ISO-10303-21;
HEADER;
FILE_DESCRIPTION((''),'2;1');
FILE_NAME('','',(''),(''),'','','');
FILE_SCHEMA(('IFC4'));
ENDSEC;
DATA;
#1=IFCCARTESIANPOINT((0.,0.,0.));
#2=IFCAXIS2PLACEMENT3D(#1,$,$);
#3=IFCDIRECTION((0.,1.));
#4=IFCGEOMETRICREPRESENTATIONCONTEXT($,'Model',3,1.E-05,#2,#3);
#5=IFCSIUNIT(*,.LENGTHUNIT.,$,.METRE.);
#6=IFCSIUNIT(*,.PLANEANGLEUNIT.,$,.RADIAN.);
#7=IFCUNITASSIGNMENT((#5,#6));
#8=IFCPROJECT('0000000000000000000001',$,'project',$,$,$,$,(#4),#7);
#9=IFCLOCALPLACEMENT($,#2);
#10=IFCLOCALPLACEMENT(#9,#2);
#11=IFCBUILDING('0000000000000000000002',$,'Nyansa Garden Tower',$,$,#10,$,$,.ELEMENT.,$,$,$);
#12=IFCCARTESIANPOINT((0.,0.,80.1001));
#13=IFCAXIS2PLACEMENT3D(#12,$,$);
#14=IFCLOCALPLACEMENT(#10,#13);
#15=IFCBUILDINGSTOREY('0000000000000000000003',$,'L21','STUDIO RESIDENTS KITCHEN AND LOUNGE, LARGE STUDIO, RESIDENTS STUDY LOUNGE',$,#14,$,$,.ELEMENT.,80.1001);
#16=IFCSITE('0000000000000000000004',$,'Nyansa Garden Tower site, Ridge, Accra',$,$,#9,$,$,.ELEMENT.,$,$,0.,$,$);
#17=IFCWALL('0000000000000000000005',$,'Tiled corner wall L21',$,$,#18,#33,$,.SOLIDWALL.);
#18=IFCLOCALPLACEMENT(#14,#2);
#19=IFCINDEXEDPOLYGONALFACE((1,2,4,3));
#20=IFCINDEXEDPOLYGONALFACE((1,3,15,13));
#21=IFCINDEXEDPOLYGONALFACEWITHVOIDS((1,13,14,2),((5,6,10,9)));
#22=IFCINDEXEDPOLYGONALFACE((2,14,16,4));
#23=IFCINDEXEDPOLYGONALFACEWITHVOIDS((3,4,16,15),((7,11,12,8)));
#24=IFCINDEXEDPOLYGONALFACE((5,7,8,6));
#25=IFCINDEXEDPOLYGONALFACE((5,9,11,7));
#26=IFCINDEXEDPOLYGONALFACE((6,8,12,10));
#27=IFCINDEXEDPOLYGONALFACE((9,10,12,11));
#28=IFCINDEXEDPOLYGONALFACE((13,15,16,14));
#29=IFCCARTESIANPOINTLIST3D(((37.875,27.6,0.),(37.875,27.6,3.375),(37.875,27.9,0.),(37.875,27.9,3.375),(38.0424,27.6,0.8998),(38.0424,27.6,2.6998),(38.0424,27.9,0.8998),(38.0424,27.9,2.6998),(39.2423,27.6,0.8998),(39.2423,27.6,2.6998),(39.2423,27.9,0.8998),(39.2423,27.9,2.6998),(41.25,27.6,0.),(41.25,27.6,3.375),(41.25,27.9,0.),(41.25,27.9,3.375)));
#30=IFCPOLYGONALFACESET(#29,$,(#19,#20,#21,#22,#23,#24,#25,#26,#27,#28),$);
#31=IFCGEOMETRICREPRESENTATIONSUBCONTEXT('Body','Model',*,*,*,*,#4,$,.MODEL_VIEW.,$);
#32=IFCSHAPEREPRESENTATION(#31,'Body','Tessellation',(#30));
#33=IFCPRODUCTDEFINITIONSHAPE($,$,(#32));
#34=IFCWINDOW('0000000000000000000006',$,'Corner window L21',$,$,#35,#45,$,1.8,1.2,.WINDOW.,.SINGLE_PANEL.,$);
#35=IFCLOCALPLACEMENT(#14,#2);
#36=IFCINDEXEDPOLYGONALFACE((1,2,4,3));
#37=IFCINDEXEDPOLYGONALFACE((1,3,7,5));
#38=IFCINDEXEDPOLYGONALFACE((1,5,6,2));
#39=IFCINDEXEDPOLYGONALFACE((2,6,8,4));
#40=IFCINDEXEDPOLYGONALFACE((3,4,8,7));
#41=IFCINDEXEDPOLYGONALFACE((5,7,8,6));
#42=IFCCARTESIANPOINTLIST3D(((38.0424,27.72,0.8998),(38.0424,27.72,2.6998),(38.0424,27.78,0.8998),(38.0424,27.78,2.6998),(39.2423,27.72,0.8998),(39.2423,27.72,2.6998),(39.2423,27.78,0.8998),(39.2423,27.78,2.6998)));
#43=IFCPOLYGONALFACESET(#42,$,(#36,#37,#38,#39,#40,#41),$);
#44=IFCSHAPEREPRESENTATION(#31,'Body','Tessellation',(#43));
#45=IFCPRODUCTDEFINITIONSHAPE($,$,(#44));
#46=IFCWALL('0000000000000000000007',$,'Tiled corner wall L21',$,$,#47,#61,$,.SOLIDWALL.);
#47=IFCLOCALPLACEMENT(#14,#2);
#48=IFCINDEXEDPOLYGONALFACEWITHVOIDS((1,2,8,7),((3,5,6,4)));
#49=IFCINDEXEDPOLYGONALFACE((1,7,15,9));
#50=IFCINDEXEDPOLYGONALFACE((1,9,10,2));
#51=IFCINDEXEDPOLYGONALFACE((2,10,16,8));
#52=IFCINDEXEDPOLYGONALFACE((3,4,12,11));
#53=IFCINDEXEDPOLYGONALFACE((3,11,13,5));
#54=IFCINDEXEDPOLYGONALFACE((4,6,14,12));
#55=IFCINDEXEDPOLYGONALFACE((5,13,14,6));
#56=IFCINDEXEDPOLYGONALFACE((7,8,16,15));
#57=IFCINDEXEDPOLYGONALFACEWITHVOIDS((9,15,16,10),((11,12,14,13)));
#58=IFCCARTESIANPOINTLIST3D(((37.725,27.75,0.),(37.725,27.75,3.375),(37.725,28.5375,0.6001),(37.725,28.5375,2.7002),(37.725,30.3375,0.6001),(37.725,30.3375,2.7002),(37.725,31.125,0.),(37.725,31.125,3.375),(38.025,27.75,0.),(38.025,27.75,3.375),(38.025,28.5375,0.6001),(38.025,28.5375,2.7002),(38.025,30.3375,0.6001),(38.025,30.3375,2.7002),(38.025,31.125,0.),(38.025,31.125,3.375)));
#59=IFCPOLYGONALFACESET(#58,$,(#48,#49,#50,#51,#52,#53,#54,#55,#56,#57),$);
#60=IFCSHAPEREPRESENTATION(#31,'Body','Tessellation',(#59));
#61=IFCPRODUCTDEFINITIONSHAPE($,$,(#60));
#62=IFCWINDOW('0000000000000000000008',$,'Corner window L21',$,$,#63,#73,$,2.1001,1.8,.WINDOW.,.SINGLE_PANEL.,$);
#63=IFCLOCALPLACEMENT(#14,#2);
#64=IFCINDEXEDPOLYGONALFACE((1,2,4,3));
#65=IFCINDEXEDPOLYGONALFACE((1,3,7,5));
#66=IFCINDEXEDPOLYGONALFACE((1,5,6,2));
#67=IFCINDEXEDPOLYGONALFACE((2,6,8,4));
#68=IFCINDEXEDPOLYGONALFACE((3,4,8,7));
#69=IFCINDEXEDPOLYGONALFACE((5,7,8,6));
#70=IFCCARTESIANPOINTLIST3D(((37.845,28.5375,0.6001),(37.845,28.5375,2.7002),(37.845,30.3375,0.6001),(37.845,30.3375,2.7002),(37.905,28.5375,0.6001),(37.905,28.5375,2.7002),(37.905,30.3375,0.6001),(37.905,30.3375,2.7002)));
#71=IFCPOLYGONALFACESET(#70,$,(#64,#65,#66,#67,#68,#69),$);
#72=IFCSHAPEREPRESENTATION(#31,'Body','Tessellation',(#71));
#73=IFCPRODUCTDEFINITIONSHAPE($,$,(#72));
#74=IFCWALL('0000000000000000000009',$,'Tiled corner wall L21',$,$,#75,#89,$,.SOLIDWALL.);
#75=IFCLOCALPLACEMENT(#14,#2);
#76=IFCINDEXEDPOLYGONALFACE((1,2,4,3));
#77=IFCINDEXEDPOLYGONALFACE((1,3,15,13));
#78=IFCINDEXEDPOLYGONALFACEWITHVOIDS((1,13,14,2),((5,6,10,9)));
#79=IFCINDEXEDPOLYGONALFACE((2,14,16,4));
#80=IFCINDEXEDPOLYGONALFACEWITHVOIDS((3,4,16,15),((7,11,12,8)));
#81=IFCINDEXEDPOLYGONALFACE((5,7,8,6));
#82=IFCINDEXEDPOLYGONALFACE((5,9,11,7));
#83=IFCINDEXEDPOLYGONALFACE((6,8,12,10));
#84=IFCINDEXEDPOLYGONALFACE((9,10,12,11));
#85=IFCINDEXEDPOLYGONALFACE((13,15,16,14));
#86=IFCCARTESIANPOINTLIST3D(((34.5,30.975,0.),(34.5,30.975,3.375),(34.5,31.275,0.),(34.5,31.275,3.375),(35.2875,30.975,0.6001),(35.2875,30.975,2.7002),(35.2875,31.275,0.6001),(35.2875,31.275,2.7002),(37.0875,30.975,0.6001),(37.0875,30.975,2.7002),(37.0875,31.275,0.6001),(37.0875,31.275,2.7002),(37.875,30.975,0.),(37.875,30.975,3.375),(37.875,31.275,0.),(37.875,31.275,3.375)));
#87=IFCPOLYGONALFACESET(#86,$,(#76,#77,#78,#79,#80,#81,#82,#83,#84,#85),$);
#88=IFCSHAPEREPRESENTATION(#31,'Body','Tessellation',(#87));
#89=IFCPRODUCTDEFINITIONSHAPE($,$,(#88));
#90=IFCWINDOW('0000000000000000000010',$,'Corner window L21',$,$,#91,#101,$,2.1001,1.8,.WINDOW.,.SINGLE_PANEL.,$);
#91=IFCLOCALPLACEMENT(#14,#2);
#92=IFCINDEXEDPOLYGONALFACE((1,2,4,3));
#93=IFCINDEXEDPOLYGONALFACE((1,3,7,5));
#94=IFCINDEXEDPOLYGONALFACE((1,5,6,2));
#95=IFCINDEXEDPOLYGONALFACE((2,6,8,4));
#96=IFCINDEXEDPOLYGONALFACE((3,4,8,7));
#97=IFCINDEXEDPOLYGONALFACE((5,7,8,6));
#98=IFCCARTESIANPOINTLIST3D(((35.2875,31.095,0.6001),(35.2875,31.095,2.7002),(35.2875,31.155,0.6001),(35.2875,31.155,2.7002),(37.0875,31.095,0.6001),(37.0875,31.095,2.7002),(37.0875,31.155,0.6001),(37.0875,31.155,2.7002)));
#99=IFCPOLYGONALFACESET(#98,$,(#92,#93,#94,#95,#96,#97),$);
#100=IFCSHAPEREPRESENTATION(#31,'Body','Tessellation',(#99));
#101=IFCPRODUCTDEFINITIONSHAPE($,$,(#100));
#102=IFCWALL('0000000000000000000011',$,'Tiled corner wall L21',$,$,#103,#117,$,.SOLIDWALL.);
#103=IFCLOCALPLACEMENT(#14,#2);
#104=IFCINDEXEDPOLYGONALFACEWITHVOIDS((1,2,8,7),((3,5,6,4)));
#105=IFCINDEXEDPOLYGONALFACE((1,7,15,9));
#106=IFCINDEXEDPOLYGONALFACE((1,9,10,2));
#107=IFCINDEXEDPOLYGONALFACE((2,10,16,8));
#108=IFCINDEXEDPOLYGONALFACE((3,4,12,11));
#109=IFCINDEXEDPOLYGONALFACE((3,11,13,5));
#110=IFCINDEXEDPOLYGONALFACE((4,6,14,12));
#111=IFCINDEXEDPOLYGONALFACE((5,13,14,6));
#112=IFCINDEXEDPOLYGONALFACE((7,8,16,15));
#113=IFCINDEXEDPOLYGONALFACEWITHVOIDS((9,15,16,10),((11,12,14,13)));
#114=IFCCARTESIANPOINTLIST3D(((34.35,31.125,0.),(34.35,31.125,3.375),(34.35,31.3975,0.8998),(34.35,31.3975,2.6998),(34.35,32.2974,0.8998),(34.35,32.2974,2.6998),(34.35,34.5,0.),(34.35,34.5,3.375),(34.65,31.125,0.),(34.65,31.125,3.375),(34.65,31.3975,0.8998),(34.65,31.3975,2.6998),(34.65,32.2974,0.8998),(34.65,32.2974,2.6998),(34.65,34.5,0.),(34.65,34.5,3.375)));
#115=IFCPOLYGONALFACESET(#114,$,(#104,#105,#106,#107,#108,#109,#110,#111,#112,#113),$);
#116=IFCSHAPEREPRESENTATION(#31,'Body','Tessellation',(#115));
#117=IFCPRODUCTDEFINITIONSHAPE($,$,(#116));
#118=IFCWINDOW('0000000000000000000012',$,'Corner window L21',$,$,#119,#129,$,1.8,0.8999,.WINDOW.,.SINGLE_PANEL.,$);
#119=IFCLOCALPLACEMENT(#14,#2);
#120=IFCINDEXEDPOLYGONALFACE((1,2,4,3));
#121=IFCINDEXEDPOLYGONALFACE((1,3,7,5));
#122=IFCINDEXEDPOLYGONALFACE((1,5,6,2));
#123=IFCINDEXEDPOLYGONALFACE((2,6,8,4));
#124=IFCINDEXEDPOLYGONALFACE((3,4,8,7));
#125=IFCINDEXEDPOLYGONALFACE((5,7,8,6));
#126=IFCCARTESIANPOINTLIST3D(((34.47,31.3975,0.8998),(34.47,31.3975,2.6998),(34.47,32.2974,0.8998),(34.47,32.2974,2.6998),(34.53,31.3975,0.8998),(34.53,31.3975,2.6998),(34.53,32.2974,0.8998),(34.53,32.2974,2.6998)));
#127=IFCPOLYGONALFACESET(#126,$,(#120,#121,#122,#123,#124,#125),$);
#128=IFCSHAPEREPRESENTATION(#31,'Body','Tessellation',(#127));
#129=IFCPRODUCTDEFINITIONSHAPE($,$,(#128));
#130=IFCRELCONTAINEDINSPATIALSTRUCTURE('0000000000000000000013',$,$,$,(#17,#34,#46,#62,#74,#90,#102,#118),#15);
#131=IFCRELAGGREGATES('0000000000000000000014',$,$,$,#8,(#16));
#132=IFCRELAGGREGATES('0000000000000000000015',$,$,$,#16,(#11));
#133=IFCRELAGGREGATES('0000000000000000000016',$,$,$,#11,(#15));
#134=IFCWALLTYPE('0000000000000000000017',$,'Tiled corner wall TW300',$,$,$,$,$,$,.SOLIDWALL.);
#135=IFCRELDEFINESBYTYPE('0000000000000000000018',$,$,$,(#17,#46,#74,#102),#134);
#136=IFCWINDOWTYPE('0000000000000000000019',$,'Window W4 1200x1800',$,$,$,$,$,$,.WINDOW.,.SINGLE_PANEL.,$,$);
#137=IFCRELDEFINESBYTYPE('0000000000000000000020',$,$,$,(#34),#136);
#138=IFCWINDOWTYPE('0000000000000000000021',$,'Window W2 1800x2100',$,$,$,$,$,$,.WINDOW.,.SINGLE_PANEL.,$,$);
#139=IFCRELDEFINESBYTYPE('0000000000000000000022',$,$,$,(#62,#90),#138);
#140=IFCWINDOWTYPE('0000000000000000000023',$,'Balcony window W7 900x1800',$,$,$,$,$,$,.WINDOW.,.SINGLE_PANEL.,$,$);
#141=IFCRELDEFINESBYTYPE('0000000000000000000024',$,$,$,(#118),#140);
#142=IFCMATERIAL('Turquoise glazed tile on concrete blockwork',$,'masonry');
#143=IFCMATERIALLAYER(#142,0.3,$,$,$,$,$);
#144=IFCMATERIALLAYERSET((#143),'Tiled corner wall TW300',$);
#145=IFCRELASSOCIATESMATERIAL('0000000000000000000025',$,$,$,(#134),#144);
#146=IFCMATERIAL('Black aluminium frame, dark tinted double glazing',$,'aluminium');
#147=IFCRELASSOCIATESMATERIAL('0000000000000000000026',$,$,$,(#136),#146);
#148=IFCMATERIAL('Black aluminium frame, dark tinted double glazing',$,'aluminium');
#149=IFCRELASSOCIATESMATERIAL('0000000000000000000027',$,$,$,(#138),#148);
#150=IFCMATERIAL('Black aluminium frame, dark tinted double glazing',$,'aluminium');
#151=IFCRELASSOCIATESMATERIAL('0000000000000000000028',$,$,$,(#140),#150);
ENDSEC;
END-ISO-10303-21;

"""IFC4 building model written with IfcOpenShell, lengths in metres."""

from ifc_helpers import new_model, si_unit, direction, frame, frame_2d, origin, place, context, subcontext, project, spatial, rectangle, extrude, material, layer, layer_set, type_object, element, fill, save


model = new_model("IFC4")

# Units and contexts
model_context = context("Model", 3, precision=1e-05, world=origin(), true_north=direction((0.0, 1.0)))
body_context = subcontext(model_context, "Body", "Model", "MODEL_VIEW")
ifc_project = project(units=[si_unit("LENGTHUNIT", "METRE"), si_unit("PLANEANGLEUNIT", "RADIAN")], contexts=[model_context])

# Site, building, storey
site_placement = place(None, origin())
site = spatial("IfcSite", under=ifc_project, at=site_placement, Name="Nyansa Garden Tower site, Ridge, Accra", CompositionType="ELEMENT", RefElevation=0.0)
building_placement = place(site_placement, origin())
building = spatial("IfcBuilding", under=site, at=building_placement, Name="Nyansa Garden Tower", CompositionType="ELEMENT")
storey_placement = place(building_placement, frame((0.0, 0.0, 80.1001)))
storey = spatial("IfcBuildingStorey", under=building, at=storey_placement, Name="L21", Description="STUDIO RESIDENTS KITCHEN AND LOUNGE, LARGE STUDIO, RESIDENTS STUDY LOUNGE", CompositionType="ELEMENT", Elevation=80.1001)

# Walls, openings, windows
ifc_material_1 = material(Name="Turquoise glazed tile on concrete blockwork", Category="masonry")
ifc_layer_1 = layer(ifc_material_1, 0.3)
ifc_layer_set_1 = layer_set([ifc_layer_1], Name="Tiled corner wall TW300")
wall_type_1 = type_object("IfcWallType", Name="Tiled corner wall TW300", PredefinedType="SOLIDWALL", material=ifc_layer_set_1)
wall_1_placement = place(storey_placement, frame((41.25, 27.75, 0.0), z_axis=(0.0, 0.0, 1.0), x_axis=(-1.0, 0.0, 0.0)))
wall_1 = element("IfcWall", 1, at=wall_1_placement, inside=storey, type_object=wall_type_1, Name="Tiled corner wall L21", PredefinedType="SOLIDWALL", context=body_context, shape_type="SweptSolid", body=[
    extrude(rectangle(XDim=3.375, YDim=0.3, at=frame_2d((1.6875, 0.0))), origin(), (0.0, 0.0, 1.0), 3.375),
])
opening_1_placement = place(wall_1_placement, frame((2.0076, 0.0, 0.8999)))
opening_1 = element("IfcOpeningElement", 2, at=opening_1_placement, cuts=wall_1, PredefinedType="OPENING", context=body_context, shape_type="SweptSolid", body=[
    extrude(rectangle(XDim=1.2, YDim=1.8, at=frame_2d((0.6001, 0.8999))), frame((0.0, 0.1599, 0.0), z_axis=(0.0, -1.0, 0.0), x_axis=(1.0, 0.0, 0.0)), (0.0, 0.0, 1.0), 0.3201),
])
ifc_material_2 = material(Name="Black aluminium frame, dark tinted double glazing", Category="aluminium")
window_type_1 = type_object("IfcWindowType", Name="Window W4 1200x1800", PartitioningType="SINGLE_PANEL", PredefinedType="WINDOW", material=ifc_material_2)
window_1_placement = place(opening_1_placement, origin())
window_1 = element("IfcWindow", 3, at=window_1_placement, inside=storey, type_object=window_type_1, Name="Corner window L21", OverallHeight=1.8, OverallWidth=1.2, PartitioningType="SINGLE_PANEL", PredefinedType="WINDOW", context=body_context, shape_type="SweptSolid", body=[
    extrude(rectangle(XDim=1.2, YDim=1.8, at=frame_2d((0.6001, 0.8999))), frame((0.0, 0.03, 0.0), z_axis=(0.0, -1.0, 0.0), x_axis=(1.0, 0.0, 0.0)), (0.0, 0.0, 1.0), 0.0601),
])
fill(opening_1, window_1)
wall_2_placement = place(storey_placement, frame((37.875, 27.75, 0.0), z_axis=(0.0, 0.0, 1.0), x_axis=(0.0, 1.0, 0.0)))
wall_2 = element("IfcWall", 4, at=wall_2_placement, inside=storey, type_object=wall_type_1, Name="Tiled corner wall L21", PredefinedType="SOLIDWALL", context=body_context, shape_type="SweptSolid", body=[
    extrude(rectangle(XDim=3.375, YDim=0.3, at=frame_2d((1.6875, 0.0))), origin(), (0.0, 0.0, 1.0), 3.375),
])
opening_2_placement = place(wall_2_placement, frame((0.7876, 0.0, 0.6001)))
opening_2 = element("IfcOpeningElement", 5, at=opening_2_placement, cuts=wall_2, PredefinedType="OPENING", context=body_context, shape_type="SweptSolid", body=[
    extrude(rectangle(XDim=1.8, YDim=2.1001, at=frame_2d((0.8999, 1.05))), frame((0.0, 0.1599, 0.0), z_axis=(0.0, -1.0, 0.0), x_axis=(1.0, 0.0, 0.0)), (0.0, 0.0, 1.0), 0.3201),
])
ifc_material_3 = material(Name="Black aluminium frame, dark tinted double glazing", Category="aluminium")
window_type_2 = type_object("IfcWindowType", Name="Window W2 1800x2100", PartitioningType="SINGLE_PANEL", PredefinedType="WINDOW", material=ifc_material_3)
window_2_placement = place(opening_2_placement, origin())
window_2 = element("IfcWindow", 6, at=window_2_placement, inside=storey, type_object=window_type_2, Name="Corner window L21", OverallHeight=2.1001, OverallWidth=1.8, PartitioningType="SINGLE_PANEL", PredefinedType="WINDOW", context=body_context, shape_type="SweptSolid", body=[
    extrude(rectangle(XDim=1.8, YDim=2.1001, at=frame_2d((0.8999, 1.05))), frame((0.0, 0.03, 0.0), z_axis=(0.0, -1.0, 0.0), x_axis=(1.0, 0.0, 0.0)), (0.0, 0.0, 1.0), 0.0601),
])
fill(opening_2, window_2)
wall_3_placement = place(storey_placement, frame((37.875, 31.125, 0.0), z_axis=(0.0, 0.0, 1.0), x_axis=(-1.0, 0.0, 0.0)))
wall_3 = element("IfcWall", 7, at=wall_3_placement, inside=storey, type_object=wall_type_1, Name="Tiled corner wall L21", PredefinedType="SOLIDWALL", context=body_context, shape_type="SweptSolid", body=[
    extrude(rectangle(XDim=3.375, YDim=0.3, at=frame_2d((1.6875, 0.0))), origin(), (0.0, 0.0, 1.0), 3.375),
])
opening_3_placement = place(wall_3_placement, frame((0.7876, 0.0, 0.6001)))
opening_3 = element("IfcOpeningElement", 8, at=opening_3_placement, cuts=wall_3, PredefinedType="OPENING", context=body_context, shape_type="SweptSolid", body=[
    extrude(rectangle(XDim=1.8, YDim=2.1001, at=frame_2d((0.8999, 1.05))), frame((0.0, 0.1599, 0.0), z_axis=(0.0, -1.0, 0.0), x_axis=(1.0, 0.0, 0.0)), (0.0, 0.0, 1.0), 0.3201),
])
window_3_placement = place(opening_3_placement, origin())
window_3 = element("IfcWindow", 9, at=window_3_placement, inside=storey, type_object=window_type_2, Name="Corner window L21", OverallHeight=2.1001, OverallWidth=1.8, PartitioningType="SINGLE_PANEL", PredefinedType="WINDOW", context=body_context, shape_type="SweptSolid", body=[
    extrude(rectangle(XDim=1.8, YDim=2.1001, at=frame_2d((0.8999, 1.05))), frame((0.0, 0.03, 0.0), z_axis=(0.0, -1.0, 0.0), x_axis=(1.0, 0.0, 0.0)), (0.0, 0.0, 1.0), 0.0601),
])
fill(opening_3, window_3)
wall_4_placement = place(storey_placement, frame((34.5, 31.125, 0.0), z_axis=(0.0, 0.0, 1.0), x_axis=(0.0, 1.0, 0.0)))
wall_4 = element("IfcWall", 10, at=wall_4_placement, inside=storey, type_object=wall_type_1, Name="Tiled corner wall L21", PredefinedType="SOLIDWALL", context=body_context, shape_type="SweptSolid", body=[
    extrude(rectangle(XDim=3.375, YDim=0.3, at=frame_2d((1.6875, 0.0))), origin(), (0.0, 0.0, 1.0), 3.375),
])
opening_4_placement = place(wall_4_placement, frame((0.2725, 0.0, 0.8999)))
opening_4 = element("IfcOpeningElement", 11, at=opening_4_placement, cuts=wall_4, PredefinedType="OPENING", context=body_context, shape_type="SweptSolid", body=[
    extrude(rectangle(XDim=0.8999, YDim=1.8, at=frame_2d((0.45, 0.8999))), frame((0.0, 0.1599, 0.0), z_axis=(0.0, -1.0, 0.0), x_axis=(1.0, 0.0, 0.0)), (0.0, 0.0, 1.0), 0.3201),
])
ifc_material_4 = material(Name="Black aluminium frame, dark tinted double glazing", Category="aluminium")
window_type_3 = type_object("IfcWindowType", Name="Balcony window W7 900x1800", PartitioningType="SINGLE_PANEL", PredefinedType="WINDOW", material=ifc_material_4)
window_4_placement = place(opening_4_placement, origin())
window_4 = element("IfcWindow", 12, at=window_4_placement, inside=storey, type_object=window_type_3, Name="Corner window L21", OverallHeight=1.8, OverallWidth=0.8999, PartitioningType="SINGLE_PANEL", PredefinedType="WINDOW", context=body_context, shape_type="SweptSolid", body=[
    extrude(rectangle(XDim=0.8999, YDim=1.8, at=frame_2d((0.45, 0.8999))), frame((0.0, 0.03, 0.0), z_axis=(0.0, -1.0, 0.0), x_axis=(1.0, 0.0, 0.0)), (0.0, 0.0, 1.0), 0.0601),
])
fill(opening_4, window_4)

save(model, "model.ifc")
